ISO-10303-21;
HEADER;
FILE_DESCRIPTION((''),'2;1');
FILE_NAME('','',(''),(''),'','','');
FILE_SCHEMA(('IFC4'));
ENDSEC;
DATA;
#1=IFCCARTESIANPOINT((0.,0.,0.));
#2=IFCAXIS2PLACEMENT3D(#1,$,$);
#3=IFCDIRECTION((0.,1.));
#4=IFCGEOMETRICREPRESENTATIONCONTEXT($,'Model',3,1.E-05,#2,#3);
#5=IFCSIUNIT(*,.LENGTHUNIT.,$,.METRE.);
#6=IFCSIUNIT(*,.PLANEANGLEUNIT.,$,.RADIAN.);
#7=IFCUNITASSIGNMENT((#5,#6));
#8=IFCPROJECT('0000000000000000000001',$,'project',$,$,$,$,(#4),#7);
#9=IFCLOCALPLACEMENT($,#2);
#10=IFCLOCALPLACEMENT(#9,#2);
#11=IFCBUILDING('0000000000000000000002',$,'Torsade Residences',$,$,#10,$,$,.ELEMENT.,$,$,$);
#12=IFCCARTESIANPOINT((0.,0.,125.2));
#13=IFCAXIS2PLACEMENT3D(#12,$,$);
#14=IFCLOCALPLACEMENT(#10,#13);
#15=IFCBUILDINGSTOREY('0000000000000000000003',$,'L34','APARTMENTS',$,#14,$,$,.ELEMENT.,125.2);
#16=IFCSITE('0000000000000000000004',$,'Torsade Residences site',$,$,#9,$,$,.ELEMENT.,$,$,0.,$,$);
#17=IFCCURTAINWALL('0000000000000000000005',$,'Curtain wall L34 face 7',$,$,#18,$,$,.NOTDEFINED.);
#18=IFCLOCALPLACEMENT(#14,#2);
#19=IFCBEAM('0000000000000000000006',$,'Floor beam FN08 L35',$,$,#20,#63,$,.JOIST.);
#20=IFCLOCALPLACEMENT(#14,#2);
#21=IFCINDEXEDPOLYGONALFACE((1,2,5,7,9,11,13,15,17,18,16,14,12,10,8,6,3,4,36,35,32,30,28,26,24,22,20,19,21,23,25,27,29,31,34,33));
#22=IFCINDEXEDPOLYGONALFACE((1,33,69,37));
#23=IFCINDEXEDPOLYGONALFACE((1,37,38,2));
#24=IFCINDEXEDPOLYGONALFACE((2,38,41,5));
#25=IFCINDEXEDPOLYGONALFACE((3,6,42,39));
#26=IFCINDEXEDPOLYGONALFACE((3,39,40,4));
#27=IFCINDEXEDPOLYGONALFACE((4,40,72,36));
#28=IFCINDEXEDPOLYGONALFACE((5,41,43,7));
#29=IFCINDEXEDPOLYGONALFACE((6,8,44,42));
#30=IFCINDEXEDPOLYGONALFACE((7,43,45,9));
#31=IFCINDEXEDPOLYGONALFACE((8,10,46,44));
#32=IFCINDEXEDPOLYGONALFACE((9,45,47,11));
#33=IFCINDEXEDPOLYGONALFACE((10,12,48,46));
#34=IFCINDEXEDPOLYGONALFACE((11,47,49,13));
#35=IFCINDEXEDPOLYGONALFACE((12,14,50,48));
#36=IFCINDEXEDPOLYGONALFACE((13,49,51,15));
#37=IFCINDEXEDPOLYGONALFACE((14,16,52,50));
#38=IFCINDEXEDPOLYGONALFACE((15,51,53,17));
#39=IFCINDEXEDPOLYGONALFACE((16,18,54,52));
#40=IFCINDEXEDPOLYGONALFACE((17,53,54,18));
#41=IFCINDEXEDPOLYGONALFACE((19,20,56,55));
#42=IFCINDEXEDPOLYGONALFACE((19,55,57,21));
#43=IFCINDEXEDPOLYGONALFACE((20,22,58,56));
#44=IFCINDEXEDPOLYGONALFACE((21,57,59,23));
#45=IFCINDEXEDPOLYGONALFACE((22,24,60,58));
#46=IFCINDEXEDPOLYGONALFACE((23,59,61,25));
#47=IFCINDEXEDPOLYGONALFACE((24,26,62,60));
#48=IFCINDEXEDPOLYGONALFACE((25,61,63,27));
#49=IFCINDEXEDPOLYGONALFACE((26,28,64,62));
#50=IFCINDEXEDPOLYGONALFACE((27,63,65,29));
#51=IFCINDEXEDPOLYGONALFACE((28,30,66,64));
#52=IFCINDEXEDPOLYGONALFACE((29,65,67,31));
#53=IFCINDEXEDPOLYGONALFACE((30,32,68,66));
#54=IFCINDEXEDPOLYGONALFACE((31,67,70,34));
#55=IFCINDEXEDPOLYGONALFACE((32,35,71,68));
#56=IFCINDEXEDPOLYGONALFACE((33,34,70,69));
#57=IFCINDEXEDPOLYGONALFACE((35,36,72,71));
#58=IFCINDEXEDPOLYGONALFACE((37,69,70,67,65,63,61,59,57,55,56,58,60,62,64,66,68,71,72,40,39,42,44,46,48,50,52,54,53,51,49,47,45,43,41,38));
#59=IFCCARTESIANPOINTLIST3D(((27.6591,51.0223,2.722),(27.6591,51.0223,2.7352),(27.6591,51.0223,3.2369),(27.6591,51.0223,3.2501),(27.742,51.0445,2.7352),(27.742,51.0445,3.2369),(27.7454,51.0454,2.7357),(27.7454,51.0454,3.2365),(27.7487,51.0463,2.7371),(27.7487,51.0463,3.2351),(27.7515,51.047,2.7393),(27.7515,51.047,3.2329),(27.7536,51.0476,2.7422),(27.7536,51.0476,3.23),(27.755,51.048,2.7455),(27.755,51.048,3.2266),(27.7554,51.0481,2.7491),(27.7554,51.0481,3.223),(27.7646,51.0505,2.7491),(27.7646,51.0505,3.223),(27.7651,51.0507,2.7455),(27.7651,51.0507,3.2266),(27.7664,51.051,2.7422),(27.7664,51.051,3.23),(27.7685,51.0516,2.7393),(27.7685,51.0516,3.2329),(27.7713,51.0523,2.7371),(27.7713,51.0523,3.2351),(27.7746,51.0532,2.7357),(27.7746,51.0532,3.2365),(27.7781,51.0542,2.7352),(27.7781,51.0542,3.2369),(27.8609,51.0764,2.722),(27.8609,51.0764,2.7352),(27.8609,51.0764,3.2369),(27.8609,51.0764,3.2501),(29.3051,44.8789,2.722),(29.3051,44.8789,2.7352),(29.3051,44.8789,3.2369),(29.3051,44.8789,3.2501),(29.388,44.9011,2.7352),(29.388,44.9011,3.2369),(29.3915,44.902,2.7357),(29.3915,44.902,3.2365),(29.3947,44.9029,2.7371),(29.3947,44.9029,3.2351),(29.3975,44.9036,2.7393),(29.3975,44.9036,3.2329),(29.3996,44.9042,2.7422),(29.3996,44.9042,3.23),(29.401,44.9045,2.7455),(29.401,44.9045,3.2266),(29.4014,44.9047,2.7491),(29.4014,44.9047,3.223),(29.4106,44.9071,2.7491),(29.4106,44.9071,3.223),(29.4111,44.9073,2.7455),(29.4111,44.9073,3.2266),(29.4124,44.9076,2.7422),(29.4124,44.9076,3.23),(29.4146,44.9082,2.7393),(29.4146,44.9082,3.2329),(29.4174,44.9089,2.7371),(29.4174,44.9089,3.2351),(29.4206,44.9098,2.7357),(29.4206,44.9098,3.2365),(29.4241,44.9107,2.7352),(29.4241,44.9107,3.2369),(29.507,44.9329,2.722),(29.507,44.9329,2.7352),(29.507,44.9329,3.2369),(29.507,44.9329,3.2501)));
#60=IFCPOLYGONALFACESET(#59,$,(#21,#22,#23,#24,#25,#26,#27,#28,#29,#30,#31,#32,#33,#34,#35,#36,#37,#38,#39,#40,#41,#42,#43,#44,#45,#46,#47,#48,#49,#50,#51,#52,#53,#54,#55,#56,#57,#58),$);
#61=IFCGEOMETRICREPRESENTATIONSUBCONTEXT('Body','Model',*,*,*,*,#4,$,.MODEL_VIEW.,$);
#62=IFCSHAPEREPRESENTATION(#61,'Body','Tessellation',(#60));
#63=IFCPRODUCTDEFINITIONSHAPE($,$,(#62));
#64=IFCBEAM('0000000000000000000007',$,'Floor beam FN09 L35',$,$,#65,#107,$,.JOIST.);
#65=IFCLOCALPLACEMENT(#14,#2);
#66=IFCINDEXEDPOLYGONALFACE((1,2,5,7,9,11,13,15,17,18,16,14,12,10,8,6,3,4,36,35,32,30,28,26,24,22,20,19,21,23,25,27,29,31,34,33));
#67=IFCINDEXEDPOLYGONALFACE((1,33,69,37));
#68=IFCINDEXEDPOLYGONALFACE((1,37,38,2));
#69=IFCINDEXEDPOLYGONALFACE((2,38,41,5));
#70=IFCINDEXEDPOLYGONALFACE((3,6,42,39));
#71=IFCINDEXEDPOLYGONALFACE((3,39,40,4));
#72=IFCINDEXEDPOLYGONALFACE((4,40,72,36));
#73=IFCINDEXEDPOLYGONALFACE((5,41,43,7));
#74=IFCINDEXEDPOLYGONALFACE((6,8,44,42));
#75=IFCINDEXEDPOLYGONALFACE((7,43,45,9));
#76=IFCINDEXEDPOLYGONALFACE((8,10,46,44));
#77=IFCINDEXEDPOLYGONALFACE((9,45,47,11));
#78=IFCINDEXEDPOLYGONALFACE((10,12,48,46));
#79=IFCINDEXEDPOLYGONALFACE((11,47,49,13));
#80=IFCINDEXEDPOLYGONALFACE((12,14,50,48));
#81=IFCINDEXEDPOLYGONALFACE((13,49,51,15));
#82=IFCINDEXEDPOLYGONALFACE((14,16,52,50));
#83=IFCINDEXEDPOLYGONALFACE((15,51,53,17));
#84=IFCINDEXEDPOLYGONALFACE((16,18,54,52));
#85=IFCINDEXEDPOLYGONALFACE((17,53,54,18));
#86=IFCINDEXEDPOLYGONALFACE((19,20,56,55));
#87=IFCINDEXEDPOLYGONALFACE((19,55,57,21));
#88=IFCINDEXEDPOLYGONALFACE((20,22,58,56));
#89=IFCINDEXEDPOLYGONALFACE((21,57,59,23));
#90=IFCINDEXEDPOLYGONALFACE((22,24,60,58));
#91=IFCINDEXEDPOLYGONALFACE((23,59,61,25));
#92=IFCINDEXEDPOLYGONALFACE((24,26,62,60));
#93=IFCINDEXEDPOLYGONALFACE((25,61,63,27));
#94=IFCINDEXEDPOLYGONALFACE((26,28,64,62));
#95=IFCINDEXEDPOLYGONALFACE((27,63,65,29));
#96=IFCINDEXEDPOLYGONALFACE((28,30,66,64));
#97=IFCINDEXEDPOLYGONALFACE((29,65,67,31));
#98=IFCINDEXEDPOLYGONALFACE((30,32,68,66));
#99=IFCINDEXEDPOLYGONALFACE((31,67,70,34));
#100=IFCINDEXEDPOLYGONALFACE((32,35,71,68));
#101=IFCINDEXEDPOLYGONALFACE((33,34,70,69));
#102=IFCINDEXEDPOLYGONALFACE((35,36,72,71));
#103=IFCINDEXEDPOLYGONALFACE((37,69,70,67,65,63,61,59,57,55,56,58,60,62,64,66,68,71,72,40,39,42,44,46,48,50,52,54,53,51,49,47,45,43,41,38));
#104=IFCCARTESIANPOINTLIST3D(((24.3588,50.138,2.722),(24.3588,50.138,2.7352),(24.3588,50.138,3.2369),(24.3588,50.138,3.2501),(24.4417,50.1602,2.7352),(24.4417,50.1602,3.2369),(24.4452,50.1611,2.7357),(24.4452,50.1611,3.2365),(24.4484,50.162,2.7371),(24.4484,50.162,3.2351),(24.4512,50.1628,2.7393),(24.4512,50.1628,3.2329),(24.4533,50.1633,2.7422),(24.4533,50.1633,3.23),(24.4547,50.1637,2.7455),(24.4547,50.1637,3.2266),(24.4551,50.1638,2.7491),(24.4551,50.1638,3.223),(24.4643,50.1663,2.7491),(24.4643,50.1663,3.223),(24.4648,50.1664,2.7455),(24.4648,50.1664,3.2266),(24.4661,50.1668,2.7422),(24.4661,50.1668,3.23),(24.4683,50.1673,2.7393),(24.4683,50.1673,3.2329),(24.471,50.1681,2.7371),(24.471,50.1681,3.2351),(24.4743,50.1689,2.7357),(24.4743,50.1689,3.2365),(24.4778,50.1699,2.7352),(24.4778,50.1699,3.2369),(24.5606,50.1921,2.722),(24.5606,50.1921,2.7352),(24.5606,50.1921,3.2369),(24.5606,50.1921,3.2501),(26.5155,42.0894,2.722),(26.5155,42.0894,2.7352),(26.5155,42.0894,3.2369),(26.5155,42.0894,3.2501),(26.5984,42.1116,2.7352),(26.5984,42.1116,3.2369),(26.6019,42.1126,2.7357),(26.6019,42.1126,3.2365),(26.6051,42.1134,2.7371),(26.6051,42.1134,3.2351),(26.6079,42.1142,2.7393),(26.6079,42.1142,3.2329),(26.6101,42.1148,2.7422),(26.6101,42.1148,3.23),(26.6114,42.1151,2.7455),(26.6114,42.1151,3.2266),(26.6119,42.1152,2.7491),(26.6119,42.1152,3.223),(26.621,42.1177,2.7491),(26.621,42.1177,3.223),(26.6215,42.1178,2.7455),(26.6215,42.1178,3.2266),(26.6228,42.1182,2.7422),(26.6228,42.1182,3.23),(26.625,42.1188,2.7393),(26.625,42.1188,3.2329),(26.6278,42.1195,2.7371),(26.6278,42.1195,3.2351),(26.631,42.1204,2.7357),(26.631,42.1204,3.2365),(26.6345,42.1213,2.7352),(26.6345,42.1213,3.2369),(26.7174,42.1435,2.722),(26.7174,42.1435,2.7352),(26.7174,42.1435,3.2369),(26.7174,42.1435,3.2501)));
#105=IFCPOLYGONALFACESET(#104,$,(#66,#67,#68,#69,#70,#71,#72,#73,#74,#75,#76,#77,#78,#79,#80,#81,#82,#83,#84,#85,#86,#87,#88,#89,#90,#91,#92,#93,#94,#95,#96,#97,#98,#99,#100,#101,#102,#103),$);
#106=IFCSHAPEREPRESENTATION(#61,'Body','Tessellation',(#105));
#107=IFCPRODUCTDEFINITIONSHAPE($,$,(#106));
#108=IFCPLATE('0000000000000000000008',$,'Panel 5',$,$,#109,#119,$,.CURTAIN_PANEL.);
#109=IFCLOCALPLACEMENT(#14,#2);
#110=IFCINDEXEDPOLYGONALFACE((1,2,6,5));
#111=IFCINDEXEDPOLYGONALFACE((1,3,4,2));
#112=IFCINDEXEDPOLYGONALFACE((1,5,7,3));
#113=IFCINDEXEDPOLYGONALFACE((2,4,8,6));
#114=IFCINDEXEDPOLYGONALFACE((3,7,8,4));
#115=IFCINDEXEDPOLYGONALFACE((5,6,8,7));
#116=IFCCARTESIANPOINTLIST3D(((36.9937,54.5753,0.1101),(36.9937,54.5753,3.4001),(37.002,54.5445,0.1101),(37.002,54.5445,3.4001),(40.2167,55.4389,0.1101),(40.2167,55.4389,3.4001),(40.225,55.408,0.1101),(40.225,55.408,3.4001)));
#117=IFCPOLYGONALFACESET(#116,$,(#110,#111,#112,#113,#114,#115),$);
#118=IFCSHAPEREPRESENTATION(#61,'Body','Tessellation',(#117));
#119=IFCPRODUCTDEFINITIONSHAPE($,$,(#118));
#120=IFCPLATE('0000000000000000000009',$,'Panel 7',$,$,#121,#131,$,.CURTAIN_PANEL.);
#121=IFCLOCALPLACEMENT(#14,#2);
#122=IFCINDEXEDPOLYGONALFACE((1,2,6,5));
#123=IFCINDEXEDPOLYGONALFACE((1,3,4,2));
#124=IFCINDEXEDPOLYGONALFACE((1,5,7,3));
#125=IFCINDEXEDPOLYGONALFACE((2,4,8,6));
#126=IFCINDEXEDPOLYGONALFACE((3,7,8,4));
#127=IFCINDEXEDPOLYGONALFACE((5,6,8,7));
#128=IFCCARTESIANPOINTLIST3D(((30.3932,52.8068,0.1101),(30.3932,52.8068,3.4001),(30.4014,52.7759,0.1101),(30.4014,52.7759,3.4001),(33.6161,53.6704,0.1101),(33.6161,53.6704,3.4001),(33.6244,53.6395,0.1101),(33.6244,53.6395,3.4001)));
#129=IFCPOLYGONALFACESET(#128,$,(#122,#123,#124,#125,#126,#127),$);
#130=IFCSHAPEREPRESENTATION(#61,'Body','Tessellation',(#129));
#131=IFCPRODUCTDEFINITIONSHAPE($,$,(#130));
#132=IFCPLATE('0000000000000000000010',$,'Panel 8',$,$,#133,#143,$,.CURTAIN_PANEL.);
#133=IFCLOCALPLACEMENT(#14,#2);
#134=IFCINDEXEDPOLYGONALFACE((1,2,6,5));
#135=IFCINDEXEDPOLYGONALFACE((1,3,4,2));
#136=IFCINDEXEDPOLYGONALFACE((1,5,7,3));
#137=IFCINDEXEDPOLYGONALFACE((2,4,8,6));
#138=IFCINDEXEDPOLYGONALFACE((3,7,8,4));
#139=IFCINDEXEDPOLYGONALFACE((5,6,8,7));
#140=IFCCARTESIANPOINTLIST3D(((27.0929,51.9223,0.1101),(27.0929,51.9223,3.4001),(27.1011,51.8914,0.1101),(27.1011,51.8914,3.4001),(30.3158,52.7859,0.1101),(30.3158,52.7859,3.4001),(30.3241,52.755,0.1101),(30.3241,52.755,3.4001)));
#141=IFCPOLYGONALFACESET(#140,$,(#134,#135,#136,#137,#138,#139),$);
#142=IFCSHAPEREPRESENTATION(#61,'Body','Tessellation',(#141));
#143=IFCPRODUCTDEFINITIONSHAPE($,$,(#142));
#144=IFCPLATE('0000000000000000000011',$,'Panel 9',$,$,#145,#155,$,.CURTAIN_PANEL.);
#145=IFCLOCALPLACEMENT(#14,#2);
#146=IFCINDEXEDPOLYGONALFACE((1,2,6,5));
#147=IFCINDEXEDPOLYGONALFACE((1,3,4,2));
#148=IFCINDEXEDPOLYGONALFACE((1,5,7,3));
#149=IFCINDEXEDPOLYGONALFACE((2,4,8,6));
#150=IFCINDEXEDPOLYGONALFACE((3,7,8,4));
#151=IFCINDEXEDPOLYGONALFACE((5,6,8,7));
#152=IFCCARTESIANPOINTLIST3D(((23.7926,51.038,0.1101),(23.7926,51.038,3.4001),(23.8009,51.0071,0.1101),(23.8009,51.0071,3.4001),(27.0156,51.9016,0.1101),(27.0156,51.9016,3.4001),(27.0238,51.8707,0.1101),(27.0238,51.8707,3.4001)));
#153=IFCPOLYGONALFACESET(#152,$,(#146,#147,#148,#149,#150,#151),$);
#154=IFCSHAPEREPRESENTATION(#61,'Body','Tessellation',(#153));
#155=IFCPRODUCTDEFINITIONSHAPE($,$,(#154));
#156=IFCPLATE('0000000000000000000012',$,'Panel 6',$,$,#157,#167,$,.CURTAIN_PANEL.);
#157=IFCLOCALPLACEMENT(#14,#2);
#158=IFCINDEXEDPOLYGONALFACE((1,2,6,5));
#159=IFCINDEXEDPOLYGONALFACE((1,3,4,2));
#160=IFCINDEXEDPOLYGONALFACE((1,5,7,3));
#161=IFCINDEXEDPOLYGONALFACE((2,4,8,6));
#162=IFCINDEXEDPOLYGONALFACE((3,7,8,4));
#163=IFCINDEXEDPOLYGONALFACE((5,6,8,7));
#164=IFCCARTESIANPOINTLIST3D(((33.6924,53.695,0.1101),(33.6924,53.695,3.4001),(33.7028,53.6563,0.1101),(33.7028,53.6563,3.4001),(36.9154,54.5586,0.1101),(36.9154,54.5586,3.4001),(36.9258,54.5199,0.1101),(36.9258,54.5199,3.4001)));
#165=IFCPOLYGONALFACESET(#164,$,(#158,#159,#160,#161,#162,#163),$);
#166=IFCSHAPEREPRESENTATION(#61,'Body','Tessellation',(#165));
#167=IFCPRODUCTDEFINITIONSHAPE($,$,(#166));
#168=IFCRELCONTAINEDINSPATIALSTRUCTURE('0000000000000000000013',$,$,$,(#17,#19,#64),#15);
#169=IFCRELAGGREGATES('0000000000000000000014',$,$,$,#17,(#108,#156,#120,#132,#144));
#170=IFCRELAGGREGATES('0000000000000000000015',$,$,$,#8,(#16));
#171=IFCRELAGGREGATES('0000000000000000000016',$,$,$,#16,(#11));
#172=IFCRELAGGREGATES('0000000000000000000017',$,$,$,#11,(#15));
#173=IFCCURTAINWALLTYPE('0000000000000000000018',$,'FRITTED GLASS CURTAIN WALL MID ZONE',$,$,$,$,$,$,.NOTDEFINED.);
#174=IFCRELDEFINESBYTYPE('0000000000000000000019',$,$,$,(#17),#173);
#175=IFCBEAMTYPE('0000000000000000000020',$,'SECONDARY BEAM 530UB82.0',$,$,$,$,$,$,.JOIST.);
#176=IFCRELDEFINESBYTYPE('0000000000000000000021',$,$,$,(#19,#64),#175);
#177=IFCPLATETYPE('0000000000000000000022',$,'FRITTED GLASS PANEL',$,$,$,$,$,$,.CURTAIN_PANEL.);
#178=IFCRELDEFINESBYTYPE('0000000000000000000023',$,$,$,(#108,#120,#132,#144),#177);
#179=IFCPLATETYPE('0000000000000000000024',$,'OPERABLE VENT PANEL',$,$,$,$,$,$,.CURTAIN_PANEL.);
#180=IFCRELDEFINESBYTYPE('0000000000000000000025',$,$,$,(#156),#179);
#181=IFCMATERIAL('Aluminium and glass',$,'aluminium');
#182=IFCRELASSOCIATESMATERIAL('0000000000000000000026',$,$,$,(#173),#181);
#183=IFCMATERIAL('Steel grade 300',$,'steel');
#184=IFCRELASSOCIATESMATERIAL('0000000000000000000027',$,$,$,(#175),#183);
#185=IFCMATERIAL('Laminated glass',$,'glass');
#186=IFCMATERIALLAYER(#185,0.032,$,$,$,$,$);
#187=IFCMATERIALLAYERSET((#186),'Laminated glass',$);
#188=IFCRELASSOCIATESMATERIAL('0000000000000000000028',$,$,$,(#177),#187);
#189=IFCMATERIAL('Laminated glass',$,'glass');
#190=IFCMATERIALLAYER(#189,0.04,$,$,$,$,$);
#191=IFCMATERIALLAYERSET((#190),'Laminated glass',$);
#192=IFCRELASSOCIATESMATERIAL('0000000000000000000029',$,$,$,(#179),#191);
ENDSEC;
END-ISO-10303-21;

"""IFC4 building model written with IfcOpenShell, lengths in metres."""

from ifc_helpers import new_model, si_unit, direction, frame, origin, origin_2d, place, context, subcontext, project, spatial, rectangle, i_section, extrude, material, layer, layer_set, material_profile, profile_set, type_object, element, aggregate, save


model = new_model("IFC4")

# Units and contexts
model_context = context("Model", 3, precision=1e-05, world=origin(), true_north=direction((0.0, 1.0)))
body_context = subcontext(model_context, "Body", "Model", "MODEL_VIEW")
ifc_project = project(units=[si_unit("LENGTHUNIT", "METRE"), si_unit("PLANEANGLEUNIT", "RADIAN")], contexts=[model_context])

# Site, building, storey
site_placement = place(None, origin())
site = spatial("IfcSite", under=ifc_project, at=site_placement, Name="Torsade Residences site", CompositionType="ELEMENT", RefElevation=0.0)
building_placement = place(site_placement, origin())
building = spatial("IfcBuilding", under=site, at=building_placement, Name="Torsade Residences", CompositionType="ELEMENT")
storey_placement = place(building_placement, frame((0.0, 0.0, 125.2)))
storey = spatial("IfcBuildingStorey", under=building, at=storey_placement, Name="L34", Description="APARTMENTS", CompositionType="ELEMENT", Elevation=125.2)

# Curtain wall
ifc_material_1 = material(Name="Aluminium and glass", Category="aluminium")
curtain_wall_type = type_object("IfcCurtainWallType", Name="FRITTED GLASS CURTAIN WALL MID ZONE", PredefinedType="NOTDEFINED", material=ifc_material_1)
curtain_wall_placement = place(storey_placement, origin())
curtain_wall = element("IfcCurtainWall", 1, at=curtain_wall_placement, inside=storey, type_object=curtain_wall_type, Name="Curtain wall L34 face 7", PredefinedType="NOTDEFINED")

# Beams
ifc_material_2 = material(Name="Steel grade 300", Category="steel")
ifc_material_profile_1 = material_profile(ifc_material_2, i_section(OverallWidth=0.209, OverallDepth=0.5281, WebThickness=0.0095, FlangeThickness=0.0132, FilletRadius=0.0139, at=origin_2d()), Name="530UB82.0")
ifc_profile_set_1 = profile_set([ifc_material_profile_1], Name="Steel grade 300")
beam_type_1 = type_object("IfcBeamType", Name="SECONDARY BEAM 530UB82.0", PredefinedType="JOIST", material=ifc_profile_set_1)
beam_1_placement = place(storey_placement, frame((27.76, 51.0493, 2.9861), z_axis=(0.258805, -0.96593, 0.0), x_axis=(0.96593, 0.258805, 0.0)))
element("IfcBeam", 2, at=beam_1_placement, inside=storey, type_object=beam_type_1, Name="Floor beam FN08 L35", PredefinedType="JOIST", context=body_context, shape_type="SweptSolid", body=[
    extrude(i_section(OverallWidth=0.209, OverallDepth=0.5281, WebThickness=0.0095, FlangeThickness=0.0132, FilletRadius=0.0139, at=origin_2d()), origin(), (0.0, 0.0, 1.0), 6.3601),
])
beam_2_placement = place(storey_placement, frame((24.4597, 50.165, 2.9861), z_axis=(0.258833, -0.965922, 0.0), x_axis=(0.965922, 0.258833, 0.0)))
element("IfcBeam", 3, at=beam_2_placement, inside=storey, type_object=beam_type_1, Name="Floor beam FN09 L35", PredefinedType="JOIST", context=body_context, shape_type="SweptSolid", body=[
    extrude(i_section(OverallWidth=0.209, OverallDepth=0.5281, WebThickness=0.0095, FlangeThickness=0.0132, FilletRadius=0.0139, at=origin_2d()), origin(), (0.0, 0.0, 1.0), 8.3325),
])

# Plates
ifc_material_3 = material(Name="Laminated glass", Category="glass")
ifc_layer_1 = layer(ifc_material_3, 0.032)
ifc_layer_set_1 = layer_set([ifc_layer_1], Name="Laminated glass")
plate_type_1 = type_object("IfcPlateType", Name="FRITTED GLASS PANEL", PredefinedType="CURTAIN_PANEL", material=ifc_layer_set_1)
plate_1_placement = place(storey_placement, frame((38.6094, 54.9917, 0.1101), z_axis=(0.0, 0.0, 1.0), x_axis=(-0.965926, -0.258819, 0.0)))
plate_1 = element("IfcPlate", 4, at=plate_1_placement, type_object=plate_type_1, Name="Panel 5", PredefinedType="CURTAIN_PANEL", context=body_context, shape_type="SweptSolid", body=[
    extrude(rectangle(XDim=3.3367, YDim=0.032, at=origin_2d()), origin(), (0.0, 0.0, 1.0), 3.29),
])
plate_2_placement = place(storey_placement, frame((32.0088, 53.2231, 0.1101), z_axis=(0.0, 0.0, 1.0), x_axis=(-0.965926, -0.258819, 0.0)))
plate_2 = element("IfcPlate", 5, at=plate_2_placement, type_object=plate_type_1, Name="Panel 7", PredefinedType="CURTAIN_PANEL", context=body_context, shape_type="SweptSolid", body=[
    extrude(rectangle(XDim=3.3367, YDim=0.032, at=origin_2d()), origin(), (0.0, 0.0, 1.0), 3.29),
])
plate_3_placement = place(storey_placement, frame((28.7085, 52.3386, 0.1101), z_axis=(0.0, 0.0, 1.0), x_axis=(-0.965926, -0.258819, 0.0)))
plate_3 = element("IfcPlate", 6, at=plate_3_placement, type_object=plate_type_1, Name="Panel 8", PredefinedType="CURTAIN_PANEL", context=body_context, shape_type="SweptSolid", body=[
    extrude(rectangle(XDim=3.3367, YDim=0.032, at=origin_2d()), origin(), (0.0, 0.0, 1.0), 3.29),
])
plate_4_placement = place(storey_placement, frame((25.4082, 51.4543, 0.1101), z_axis=(0.0, 0.0, 1.0), x_axis=(-0.965926, -0.258819, 0.0)))
plate_4 = element("IfcPlate", 7, at=plate_4_placement, type_object=plate_type_1, Name="Panel 9", PredefinedType="CURTAIN_PANEL", context=body_context, shape_type="SweptSolid", body=[
    extrude(rectangle(XDim=3.3367, YDim=0.032, at=origin_2d()), origin(), (0.0, 0.0, 1.0), 3.29),
])
ifc_material_4 = material(Name="Laminated glass", Category="glass")
ifc_layer_2 = layer(ifc_material_4, 0.04)
ifc_layer_set_2 = layer_set([ifc_layer_2], Name="Laminated glass")
plate_type_2 = type_object("IfcPlateType", Name="OPERABLE VENT PANEL", PredefinedType="CURTAIN_PANEL", material=ifc_layer_set_2)
plate_5_placement = place(storey_placement, frame((35.3091, 54.1074, 0.1101), z_axis=(0.0, 0.0, 1.0), x_axis=(-0.965926, -0.258819, 0.0)))
plate_5 = element("IfcPlate", 8, at=plate_5_placement, type_object=plate_type_2, Name="Panel 6", PredefinedType="CURTAIN_PANEL", context=body_context, shape_type="SweptSolid", body=[
    extrude(rectangle(XDim=3.3367, YDim=0.04, at=origin_2d()), origin(), (0.0, 0.0, 1.0), 3.29),
])
aggregate(curtain_wall, [plate_1, plate_5, plate_2, plate_3, plate_4])

save(model, "model.ifc")
